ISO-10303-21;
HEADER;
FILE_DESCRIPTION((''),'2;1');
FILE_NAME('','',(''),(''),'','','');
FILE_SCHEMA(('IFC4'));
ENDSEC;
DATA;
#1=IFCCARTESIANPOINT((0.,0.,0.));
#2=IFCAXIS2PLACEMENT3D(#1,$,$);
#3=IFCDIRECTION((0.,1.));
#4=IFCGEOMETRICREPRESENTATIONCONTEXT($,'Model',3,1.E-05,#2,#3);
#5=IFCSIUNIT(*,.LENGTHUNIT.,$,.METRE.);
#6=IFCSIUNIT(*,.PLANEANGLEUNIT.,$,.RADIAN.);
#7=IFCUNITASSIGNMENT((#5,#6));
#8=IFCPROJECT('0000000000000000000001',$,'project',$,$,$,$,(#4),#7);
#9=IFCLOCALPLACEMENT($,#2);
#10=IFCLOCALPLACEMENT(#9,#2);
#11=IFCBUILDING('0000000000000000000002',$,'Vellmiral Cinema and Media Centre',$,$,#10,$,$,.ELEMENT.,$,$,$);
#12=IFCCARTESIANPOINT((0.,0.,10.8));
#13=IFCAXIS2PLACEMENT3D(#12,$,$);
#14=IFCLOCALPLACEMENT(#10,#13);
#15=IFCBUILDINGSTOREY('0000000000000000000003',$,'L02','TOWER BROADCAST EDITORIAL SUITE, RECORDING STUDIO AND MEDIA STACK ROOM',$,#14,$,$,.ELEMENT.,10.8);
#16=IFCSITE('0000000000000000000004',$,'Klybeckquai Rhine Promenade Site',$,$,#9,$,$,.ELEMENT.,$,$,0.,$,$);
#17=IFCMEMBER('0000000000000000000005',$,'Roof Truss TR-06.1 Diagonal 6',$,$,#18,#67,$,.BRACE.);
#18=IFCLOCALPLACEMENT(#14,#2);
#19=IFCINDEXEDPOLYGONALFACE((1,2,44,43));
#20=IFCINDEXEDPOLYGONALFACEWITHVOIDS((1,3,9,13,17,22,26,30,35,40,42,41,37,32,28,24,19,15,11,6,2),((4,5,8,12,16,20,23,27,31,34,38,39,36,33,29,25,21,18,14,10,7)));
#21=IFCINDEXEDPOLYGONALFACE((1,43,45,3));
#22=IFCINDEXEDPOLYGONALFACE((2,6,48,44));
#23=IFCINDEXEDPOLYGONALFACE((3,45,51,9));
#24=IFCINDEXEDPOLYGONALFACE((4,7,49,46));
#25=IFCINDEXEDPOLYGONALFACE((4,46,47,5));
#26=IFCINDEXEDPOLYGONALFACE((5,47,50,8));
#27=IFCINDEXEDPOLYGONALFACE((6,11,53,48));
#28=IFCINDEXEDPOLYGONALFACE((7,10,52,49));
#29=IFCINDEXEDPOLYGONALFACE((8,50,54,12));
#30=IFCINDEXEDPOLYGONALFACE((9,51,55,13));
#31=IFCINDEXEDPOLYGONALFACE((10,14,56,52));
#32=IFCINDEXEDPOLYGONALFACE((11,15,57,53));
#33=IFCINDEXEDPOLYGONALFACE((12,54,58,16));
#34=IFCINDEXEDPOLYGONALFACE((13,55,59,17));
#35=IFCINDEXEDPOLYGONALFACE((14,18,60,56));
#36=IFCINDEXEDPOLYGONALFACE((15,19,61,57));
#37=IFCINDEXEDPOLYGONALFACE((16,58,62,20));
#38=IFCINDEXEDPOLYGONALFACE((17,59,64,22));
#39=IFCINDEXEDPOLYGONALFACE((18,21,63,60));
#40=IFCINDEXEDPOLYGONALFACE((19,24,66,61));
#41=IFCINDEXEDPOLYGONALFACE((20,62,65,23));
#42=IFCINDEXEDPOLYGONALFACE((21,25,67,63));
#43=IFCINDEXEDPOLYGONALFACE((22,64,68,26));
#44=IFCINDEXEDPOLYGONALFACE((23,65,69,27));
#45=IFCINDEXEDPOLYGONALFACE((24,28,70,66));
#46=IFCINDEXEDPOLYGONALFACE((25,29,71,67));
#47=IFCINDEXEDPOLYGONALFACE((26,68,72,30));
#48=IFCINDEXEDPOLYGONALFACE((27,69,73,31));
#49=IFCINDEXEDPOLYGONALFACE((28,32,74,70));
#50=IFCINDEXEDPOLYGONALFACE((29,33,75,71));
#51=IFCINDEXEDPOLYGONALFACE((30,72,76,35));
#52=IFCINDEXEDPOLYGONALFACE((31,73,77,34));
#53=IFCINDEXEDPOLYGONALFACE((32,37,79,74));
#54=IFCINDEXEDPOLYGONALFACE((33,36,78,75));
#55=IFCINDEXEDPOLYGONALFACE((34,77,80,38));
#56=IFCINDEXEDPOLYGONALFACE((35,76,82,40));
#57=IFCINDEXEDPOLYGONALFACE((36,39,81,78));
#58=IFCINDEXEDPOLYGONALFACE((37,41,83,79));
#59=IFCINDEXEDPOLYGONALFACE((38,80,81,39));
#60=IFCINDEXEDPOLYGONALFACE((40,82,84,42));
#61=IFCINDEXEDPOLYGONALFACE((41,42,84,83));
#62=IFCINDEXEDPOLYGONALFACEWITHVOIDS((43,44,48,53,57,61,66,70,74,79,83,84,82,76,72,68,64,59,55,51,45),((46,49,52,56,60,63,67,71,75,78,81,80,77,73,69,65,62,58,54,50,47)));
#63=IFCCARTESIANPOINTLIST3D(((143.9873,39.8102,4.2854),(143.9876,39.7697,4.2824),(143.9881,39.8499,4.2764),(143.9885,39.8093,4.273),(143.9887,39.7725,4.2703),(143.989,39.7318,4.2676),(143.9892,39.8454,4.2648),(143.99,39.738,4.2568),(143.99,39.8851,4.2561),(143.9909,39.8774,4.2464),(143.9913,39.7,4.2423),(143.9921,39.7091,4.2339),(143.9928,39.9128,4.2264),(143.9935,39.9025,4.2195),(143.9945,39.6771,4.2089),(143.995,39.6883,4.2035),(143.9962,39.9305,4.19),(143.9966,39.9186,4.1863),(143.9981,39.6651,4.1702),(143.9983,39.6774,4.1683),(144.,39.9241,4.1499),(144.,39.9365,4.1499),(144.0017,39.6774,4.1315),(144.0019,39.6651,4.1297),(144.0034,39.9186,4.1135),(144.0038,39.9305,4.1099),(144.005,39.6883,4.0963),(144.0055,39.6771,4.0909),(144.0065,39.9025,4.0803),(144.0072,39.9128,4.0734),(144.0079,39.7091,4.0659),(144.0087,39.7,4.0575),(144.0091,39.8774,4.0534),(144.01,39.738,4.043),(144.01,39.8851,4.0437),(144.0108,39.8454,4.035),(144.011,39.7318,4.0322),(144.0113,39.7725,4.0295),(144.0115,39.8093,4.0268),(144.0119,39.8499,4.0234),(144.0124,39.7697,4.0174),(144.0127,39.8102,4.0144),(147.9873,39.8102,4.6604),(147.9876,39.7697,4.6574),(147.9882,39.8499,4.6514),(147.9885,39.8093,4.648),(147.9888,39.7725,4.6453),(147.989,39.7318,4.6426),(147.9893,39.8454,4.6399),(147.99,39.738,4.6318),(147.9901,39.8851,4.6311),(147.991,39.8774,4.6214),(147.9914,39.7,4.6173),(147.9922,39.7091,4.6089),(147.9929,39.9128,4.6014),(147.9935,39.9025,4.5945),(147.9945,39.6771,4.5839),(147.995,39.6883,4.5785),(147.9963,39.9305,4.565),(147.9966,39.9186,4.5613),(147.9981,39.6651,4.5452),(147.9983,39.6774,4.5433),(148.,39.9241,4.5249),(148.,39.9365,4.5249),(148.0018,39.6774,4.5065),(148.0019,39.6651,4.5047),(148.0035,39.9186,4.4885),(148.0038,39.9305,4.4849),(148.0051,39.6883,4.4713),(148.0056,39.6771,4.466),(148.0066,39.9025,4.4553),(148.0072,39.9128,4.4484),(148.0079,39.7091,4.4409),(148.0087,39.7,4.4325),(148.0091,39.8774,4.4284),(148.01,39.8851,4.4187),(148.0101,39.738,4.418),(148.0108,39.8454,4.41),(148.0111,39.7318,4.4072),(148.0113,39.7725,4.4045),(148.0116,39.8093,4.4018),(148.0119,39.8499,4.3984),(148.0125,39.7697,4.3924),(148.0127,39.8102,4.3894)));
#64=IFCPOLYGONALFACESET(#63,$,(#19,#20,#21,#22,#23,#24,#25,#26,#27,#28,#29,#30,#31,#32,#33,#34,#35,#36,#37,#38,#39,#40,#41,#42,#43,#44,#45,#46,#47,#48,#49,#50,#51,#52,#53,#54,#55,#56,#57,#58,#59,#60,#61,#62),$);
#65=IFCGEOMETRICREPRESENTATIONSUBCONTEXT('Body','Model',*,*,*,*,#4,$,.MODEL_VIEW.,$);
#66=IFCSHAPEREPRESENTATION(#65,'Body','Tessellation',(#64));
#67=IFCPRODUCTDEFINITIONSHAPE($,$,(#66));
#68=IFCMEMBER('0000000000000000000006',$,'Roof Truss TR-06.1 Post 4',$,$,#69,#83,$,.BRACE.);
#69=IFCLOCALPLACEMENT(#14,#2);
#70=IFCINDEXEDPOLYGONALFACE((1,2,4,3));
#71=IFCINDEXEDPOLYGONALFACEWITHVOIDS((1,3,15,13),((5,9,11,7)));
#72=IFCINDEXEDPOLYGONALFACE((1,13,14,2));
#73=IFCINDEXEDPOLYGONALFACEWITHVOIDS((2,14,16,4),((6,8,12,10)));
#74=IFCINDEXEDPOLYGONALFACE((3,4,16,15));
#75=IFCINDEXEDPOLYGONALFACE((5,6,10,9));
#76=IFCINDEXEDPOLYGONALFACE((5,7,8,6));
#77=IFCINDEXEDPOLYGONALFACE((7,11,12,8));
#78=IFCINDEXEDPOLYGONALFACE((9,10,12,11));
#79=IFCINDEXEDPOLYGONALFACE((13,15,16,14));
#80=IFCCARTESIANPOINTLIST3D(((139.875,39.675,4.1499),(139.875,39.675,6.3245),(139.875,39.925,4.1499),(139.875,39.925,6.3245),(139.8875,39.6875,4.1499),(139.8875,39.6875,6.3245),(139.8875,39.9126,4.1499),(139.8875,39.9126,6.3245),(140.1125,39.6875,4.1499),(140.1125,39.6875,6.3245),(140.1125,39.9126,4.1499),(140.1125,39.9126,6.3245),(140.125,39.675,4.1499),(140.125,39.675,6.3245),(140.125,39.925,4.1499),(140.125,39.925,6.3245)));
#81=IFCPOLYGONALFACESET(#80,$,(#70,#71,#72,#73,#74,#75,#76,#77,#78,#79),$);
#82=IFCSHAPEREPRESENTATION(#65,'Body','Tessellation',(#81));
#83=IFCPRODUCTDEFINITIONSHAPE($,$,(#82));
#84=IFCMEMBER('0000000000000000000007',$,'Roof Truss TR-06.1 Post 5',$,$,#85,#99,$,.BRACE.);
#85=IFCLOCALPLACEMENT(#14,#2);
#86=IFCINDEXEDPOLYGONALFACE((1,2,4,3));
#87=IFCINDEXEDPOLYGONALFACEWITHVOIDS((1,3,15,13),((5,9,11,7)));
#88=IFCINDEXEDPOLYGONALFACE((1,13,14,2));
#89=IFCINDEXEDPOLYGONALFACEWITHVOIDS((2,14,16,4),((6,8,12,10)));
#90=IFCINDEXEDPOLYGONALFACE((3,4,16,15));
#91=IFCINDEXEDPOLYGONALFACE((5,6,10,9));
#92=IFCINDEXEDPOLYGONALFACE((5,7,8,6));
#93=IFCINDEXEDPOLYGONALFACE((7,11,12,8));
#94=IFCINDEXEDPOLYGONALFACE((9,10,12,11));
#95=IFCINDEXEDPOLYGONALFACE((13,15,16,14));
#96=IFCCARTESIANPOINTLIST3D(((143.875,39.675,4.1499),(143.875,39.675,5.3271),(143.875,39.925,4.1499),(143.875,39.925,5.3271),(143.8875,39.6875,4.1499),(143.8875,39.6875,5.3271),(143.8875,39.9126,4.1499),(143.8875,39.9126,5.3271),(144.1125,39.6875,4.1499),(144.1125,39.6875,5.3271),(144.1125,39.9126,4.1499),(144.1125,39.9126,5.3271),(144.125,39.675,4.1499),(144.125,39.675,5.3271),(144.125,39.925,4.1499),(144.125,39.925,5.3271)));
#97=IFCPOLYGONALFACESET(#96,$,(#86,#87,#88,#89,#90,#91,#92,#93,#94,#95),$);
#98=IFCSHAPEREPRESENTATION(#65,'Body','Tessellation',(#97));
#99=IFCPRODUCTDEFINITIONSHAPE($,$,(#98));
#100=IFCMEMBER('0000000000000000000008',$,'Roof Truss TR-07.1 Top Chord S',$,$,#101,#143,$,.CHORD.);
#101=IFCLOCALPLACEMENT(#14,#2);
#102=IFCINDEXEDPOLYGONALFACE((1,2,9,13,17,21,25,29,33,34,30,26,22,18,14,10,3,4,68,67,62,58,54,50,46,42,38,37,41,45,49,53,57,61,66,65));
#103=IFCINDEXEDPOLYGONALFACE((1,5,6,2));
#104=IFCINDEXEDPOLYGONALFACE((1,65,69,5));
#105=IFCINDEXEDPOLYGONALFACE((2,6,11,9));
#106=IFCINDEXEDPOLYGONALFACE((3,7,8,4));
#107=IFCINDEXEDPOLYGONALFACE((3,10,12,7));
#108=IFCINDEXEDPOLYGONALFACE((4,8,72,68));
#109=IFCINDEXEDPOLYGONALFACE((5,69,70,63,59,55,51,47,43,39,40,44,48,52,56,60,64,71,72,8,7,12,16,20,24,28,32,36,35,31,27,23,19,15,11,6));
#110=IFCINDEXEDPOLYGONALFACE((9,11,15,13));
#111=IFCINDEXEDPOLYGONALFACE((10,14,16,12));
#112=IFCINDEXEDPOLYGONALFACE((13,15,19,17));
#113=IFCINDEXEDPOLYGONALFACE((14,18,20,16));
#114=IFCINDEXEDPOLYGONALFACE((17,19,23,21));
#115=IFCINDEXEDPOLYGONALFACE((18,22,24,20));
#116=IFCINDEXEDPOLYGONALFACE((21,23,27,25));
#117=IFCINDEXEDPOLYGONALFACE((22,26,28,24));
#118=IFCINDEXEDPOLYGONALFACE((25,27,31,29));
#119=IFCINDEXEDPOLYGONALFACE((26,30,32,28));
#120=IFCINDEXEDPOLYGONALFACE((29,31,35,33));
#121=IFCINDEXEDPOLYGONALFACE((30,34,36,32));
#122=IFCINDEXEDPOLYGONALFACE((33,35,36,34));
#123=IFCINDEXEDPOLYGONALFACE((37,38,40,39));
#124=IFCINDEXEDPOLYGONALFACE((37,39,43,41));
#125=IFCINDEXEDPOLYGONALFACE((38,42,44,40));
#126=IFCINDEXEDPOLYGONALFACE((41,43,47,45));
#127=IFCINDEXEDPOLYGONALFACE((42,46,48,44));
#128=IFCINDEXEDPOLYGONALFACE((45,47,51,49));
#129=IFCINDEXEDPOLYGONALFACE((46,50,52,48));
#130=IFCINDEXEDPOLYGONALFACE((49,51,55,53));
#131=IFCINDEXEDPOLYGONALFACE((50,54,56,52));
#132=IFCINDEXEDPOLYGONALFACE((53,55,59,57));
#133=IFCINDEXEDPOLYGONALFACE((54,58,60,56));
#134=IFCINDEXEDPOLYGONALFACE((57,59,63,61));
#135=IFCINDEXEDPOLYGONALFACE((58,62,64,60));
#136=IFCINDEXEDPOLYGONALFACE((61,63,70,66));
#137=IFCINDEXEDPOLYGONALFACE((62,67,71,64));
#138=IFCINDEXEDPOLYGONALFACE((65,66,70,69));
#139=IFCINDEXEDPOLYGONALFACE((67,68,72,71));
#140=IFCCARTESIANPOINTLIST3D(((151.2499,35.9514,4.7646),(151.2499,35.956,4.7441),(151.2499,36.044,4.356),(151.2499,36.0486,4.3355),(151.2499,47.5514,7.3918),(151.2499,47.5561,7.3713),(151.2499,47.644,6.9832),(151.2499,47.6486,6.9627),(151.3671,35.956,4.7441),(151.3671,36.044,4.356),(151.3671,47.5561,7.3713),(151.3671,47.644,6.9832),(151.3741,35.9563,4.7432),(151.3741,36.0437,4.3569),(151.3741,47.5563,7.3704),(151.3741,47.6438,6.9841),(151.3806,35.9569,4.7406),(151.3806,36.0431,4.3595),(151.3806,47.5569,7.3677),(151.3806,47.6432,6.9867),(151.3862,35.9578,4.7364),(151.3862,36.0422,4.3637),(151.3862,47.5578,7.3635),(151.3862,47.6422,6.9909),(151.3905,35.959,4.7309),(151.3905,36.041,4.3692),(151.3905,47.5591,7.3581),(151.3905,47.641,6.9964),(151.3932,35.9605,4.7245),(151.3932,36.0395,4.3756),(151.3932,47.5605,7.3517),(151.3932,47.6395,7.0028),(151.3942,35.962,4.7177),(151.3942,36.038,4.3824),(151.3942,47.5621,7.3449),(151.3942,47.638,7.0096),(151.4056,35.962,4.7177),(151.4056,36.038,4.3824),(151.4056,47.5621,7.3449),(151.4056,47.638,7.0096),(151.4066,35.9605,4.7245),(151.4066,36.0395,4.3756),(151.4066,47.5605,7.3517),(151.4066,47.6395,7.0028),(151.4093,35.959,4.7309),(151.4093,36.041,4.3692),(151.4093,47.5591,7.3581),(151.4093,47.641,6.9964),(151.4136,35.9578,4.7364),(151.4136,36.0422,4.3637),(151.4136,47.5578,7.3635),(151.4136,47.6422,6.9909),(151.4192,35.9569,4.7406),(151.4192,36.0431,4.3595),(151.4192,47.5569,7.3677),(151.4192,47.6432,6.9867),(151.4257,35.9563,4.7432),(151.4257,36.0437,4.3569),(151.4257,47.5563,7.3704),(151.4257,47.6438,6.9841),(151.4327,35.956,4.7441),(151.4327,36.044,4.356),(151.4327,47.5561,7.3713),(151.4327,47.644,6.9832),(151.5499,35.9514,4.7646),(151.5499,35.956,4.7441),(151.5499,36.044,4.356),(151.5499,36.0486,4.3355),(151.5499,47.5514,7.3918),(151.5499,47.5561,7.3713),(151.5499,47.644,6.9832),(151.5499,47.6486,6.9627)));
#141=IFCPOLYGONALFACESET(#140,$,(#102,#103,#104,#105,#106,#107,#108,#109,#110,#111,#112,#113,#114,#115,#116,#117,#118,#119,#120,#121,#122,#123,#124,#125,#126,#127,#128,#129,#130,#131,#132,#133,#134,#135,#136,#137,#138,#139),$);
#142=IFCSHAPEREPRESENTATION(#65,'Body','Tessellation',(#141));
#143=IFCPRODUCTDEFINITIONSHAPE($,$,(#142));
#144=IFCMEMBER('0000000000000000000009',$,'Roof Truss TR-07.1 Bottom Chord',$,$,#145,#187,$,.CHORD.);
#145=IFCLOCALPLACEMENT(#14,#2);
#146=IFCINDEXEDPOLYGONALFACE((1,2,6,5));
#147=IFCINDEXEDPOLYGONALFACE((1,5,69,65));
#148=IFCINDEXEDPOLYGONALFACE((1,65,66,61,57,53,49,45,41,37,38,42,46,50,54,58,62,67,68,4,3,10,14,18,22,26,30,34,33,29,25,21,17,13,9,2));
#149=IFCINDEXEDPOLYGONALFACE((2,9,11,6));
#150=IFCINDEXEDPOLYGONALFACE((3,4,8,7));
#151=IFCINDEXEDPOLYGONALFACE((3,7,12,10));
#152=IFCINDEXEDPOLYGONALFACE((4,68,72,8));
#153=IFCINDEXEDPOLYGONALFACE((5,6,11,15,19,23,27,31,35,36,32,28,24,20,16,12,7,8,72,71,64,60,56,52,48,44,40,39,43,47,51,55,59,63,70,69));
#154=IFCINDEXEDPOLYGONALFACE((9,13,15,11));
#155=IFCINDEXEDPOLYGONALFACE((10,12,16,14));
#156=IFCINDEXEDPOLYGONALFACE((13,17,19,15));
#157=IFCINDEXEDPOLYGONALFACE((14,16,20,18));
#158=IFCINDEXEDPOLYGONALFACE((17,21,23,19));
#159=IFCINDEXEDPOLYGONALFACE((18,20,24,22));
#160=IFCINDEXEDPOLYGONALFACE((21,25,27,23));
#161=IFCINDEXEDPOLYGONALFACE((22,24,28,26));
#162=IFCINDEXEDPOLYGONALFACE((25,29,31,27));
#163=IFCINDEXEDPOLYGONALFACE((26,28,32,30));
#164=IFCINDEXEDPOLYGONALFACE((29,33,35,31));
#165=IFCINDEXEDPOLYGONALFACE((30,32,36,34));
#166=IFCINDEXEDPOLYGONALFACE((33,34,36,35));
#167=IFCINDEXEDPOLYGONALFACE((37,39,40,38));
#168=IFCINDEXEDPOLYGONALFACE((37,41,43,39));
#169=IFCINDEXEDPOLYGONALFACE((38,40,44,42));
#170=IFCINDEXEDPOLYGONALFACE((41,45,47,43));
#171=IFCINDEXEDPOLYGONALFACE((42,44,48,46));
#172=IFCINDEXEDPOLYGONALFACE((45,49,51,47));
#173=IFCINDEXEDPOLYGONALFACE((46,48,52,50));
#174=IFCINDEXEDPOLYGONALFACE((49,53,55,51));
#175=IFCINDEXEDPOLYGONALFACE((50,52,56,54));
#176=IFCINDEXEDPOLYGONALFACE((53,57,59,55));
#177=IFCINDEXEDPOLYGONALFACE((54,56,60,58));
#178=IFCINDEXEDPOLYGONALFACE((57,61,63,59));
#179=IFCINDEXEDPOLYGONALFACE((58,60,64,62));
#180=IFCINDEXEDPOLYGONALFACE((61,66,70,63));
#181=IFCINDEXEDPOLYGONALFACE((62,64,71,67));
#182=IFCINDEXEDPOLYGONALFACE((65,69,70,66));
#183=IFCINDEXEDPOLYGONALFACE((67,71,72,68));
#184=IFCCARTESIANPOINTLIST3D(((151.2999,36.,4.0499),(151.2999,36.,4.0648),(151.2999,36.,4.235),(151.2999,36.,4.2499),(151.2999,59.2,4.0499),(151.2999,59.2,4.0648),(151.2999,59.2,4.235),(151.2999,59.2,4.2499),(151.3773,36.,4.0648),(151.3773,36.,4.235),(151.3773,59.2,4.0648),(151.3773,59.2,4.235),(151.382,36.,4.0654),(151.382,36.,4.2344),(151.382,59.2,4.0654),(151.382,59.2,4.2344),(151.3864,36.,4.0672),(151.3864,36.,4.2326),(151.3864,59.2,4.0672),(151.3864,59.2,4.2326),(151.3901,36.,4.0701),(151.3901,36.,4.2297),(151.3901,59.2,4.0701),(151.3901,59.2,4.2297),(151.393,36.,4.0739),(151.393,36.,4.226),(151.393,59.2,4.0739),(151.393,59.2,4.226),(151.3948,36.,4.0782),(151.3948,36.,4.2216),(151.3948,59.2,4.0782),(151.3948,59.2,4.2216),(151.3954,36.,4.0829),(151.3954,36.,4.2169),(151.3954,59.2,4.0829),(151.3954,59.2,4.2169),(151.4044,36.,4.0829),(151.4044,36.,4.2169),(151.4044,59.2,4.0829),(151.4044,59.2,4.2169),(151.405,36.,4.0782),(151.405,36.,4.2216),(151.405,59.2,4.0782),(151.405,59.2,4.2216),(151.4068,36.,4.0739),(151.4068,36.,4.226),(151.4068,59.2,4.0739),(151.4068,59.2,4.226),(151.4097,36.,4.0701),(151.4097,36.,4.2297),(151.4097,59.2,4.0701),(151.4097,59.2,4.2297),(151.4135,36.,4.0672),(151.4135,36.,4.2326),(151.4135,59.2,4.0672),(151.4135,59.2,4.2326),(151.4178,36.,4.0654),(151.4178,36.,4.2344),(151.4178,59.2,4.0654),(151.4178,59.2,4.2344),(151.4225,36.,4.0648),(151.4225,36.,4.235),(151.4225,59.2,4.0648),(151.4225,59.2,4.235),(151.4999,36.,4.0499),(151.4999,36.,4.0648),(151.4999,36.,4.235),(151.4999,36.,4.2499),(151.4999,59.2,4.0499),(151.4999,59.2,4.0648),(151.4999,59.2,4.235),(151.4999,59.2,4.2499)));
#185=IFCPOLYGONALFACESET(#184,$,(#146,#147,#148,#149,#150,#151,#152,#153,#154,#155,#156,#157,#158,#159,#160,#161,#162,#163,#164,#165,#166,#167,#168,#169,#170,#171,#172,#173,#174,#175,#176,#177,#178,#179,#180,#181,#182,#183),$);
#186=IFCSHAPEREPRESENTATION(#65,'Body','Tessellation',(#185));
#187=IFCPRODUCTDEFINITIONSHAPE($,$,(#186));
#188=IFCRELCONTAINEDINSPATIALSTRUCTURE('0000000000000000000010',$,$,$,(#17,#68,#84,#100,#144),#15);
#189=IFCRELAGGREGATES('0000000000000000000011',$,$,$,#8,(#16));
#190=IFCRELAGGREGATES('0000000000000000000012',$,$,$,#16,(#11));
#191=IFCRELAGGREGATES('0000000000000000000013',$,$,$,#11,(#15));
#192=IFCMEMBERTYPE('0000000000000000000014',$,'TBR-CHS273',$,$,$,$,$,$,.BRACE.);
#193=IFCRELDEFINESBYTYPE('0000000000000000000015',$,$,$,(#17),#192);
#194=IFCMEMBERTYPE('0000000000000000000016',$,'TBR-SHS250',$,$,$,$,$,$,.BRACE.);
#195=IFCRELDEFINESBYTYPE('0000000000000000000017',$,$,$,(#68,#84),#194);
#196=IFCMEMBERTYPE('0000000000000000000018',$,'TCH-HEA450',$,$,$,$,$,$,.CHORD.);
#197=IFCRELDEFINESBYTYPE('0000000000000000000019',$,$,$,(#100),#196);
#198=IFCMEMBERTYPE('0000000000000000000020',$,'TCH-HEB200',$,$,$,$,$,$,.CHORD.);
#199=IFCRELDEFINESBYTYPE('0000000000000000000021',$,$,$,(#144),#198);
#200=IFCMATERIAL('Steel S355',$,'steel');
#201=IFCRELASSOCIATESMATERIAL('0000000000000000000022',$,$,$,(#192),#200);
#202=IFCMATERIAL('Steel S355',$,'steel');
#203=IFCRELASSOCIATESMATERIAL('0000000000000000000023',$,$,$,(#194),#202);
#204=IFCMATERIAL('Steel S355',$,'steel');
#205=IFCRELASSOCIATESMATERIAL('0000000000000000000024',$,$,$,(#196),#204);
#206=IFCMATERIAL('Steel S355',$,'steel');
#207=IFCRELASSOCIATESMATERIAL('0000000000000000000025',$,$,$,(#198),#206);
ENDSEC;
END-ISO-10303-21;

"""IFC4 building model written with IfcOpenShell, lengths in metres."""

from ifc_helpers import new_model, si_unit, direction, frame, origin, origin_2d, place, context, subcontext, project, spatial, hollow_rectangle, hollow_circle, i_section, extrude, material, material_profile, profile_set, type_object, element, save


model = new_model("IFC4")

# Units and contexts
model_context = context("Model", 3, precision=1e-05, world=origin(), true_north=direction((0.0, 1.0)))
body_context = subcontext(model_context, "Body", "Model", "MODEL_VIEW")
ifc_project = project(units=[si_unit("LENGTHUNIT", "METRE"), si_unit("PLANEANGLEUNIT", "RADIAN")], contexts=[model_context])

# Site, building, storey
site_placement = place(None, origin())
site = spatial("IfcSite", under=ifc_project, at=site_placement, Name="Klybeckquai Rhine Promenade Site", CompositionType="ELEMENT", RefElevation=0.0)
building_placement = place(site_placement, origin())
building = spatial("IfcBuilding", under=site, at=building_placement, Name="Vellmiral Cinema and Media Centre", CompositionType="ELEMENT")
storey_placement = place(building_placement, frame((0.0, 0.0, 10.8)))
storey = spatial("IfcBuildingStorey", under=building, at=storey_placement, Name="L02", Description="TOWER BROADCAST EDITORIAL SUITE, RECORDING STUDIO AND MEDIA STACK ROOM", CompositionType="ELEMENT", Elevation=10.8)

# Members
ifc_material_1 = material(Name="Steel S355", Category="steel")
ifc_material_profile_1 = material_profile(ifc_material_1, hollow_circle(Radius=0.1365, WallThickness=0.0125, at=origin_2d()), Name="CHS 273.0x12.5")
ifc_profile_set_1 = profile_set([ifc_material_profile_1], Name="Steel S355")
member_type_1 = type_object("IfcMemberType", Name="TBR-CHS273", PredefinedType="BRACE", material=ifc_profile_set_1)
member_1_placement = place(storey_placement, frame((144.0, 39.8, 4.1499), z_axis=(0.995634, 0.0, 0.093341), x_axis=(0.0, 1.0, 0.0)))
element("IfcMember", 1, at=member_1_placement, inside=storey, type_object=member_type_1, Name="Roof Truss TR-06.1 Diagonal 6", PredefinedType="BRACE", context=body_context, shape_type="SweptSolid", body=[
    extrude(hollow_circle(Radius=0.1365, WallThickness=0.0125, at=origin_2d()), origin(), (0.0, 0.0, 1.0), 4.0176),
])
ifc_material_2 = material(Name="Steel S355", Category="steel")
ifc_material_profile_2 = material_profile(ifc_material_2, hollow_rectangle(XDim=0.25, YDim=0.25, WallThickness=0.0125, at=origin_2d()), Name="SHS 250x250x12.5")
ifc_profile_set_2 = profile_set([ifc_material_profile_2], Name="Steel S355")
member_type_2 = type_object("IfcMemberType", Name="TBR-SHS250", PredefinedType="BRACE", material=ifc_profile_set_2)
member_2_placement = place(storey_placement, frame((140.0, 39.8, 4.1499), z_axis=(0.0, 0.0, 1.0), x_axis=(1.0, 0.0, 0.0)))
element("IfcMember", 2, at=member_2_placement, inside=storey, type_object=member_type_2, Name="Roof Truss TR-06.1 Post 4", PredefinedType="BRACE", context=body_context, shape_type="SweptSolid", body=[
    extrude(hollow_rectangle(XDim=0.25, YDim=0.25, WallThickness=0.0125, at=origin_2d()), origin(), (0.0, 0.0, 1.0), 2.1746),
])
member_3_placement = place(storey_placement, frame((144.0, 39.8, 4.1499), z_axis=(0.0, 0.0, 1.0), x_axis=(1.0, 0.0, 0.0)))
element("IfcMember", 3, at=member_3_placement, inside=storey, type_object=member_type_2, Name="Roof Truss TR-06.1 Post 5", PredefinedType="BRACE", context=body_context, shape_type="SweptSolid", body=[
    extrude(hollow_rectangle(XDim=0.25, YDim=0.25, WallThickness=0.0125, at=origin_2d()), origin(), (0.0, 0.0, 1.0), 1.1772),
])
ifc_material_3 = material(Name="Steel S355", Category="steel")
ifc_material_profile_3 = material_profile(ifc_material_3, i_section(OverallWidth=0.3, OverallDepth=0.4399, WebThickness=0.0115, FlangeThickness=0.021, FilletRadius=0.0271, at=origin_2d()), Name="HEA 450")
ifc_profile_set_3 = profile_set([ifc_material_profile_3], Name="Steel S355")
member_type_3 = type_object("IfcMemberType", Name="TCH-HEA450", PredefinedType="CHORD", material=ifc_profile_set_3)
member_4_placement = place(storey_placement, frame((151.3999, 36.0, 4.55), z_axis=(0.0, 0.9753, 0.220886), x_axis=(-1.0, 0.0, 0.0)))
element("IfcMember", 4, at=member_4_placement, inside=storey, type_object=member_type_3, Name="Roof Truss TR-07.1 Top Chord S", PredefinedType="CHORD", context=body_context, shape_type="SweptSolid", body=[
    extrude(i_section(OverallWidth=0.3, OverallDepth=0.4399, WebThickness=0.0115, FlangeThickness=0.021, FilletRadius=0.0271, at=origin_2d()), origin(), (0.0, 0.0, 1.0), 11.8938),
])
ifc_material_4 = material(Name="Steel S355", Category="steel")
ifc_material_profile_4 = material_profile(ifc_material_4, i_section(OverallWidth=0.2, OverallDepth=0.2, WebThickness=0.009, FlangeThickness=0.0149, FilletRadius=0.0181, at=origin_2d()), Name="HEB 200")
ifc_profile_set_4 = profile_set([ifc_material_profile_4], Name="Steel S355")
member_type_4 = type_object("IfcMemberType", Name="TCH-HEB200", PredefinedType="CHORD", material=ifc_profile_set_4)
member_5_placement = place(storey_placement, frame((151.3999, 36.0, 4.1499), z_axis=(0.0, 1.0, 0.0), x_axis=(-1.0, 0.0, 0.0)))
element("IfcMember", 5, at=member_5_placement, inside=storey, type_object=member_type_4, Name="Roof Truss TR-07.1 Bottom Chord", PredefinedType="CHORD", context=body_context, shape_type="SweptSolid", body=[
    extrude(i_section(OverallWidth=0.2, OverallDepth=0.2, WebThickness=0.009, FlangeThickness=0.0149, FilletRadius=0.0181, at=origin_2d()), origin(), (0.0, 0.0, 1.0), 23.2),
])

save(model, "model.ifc")
